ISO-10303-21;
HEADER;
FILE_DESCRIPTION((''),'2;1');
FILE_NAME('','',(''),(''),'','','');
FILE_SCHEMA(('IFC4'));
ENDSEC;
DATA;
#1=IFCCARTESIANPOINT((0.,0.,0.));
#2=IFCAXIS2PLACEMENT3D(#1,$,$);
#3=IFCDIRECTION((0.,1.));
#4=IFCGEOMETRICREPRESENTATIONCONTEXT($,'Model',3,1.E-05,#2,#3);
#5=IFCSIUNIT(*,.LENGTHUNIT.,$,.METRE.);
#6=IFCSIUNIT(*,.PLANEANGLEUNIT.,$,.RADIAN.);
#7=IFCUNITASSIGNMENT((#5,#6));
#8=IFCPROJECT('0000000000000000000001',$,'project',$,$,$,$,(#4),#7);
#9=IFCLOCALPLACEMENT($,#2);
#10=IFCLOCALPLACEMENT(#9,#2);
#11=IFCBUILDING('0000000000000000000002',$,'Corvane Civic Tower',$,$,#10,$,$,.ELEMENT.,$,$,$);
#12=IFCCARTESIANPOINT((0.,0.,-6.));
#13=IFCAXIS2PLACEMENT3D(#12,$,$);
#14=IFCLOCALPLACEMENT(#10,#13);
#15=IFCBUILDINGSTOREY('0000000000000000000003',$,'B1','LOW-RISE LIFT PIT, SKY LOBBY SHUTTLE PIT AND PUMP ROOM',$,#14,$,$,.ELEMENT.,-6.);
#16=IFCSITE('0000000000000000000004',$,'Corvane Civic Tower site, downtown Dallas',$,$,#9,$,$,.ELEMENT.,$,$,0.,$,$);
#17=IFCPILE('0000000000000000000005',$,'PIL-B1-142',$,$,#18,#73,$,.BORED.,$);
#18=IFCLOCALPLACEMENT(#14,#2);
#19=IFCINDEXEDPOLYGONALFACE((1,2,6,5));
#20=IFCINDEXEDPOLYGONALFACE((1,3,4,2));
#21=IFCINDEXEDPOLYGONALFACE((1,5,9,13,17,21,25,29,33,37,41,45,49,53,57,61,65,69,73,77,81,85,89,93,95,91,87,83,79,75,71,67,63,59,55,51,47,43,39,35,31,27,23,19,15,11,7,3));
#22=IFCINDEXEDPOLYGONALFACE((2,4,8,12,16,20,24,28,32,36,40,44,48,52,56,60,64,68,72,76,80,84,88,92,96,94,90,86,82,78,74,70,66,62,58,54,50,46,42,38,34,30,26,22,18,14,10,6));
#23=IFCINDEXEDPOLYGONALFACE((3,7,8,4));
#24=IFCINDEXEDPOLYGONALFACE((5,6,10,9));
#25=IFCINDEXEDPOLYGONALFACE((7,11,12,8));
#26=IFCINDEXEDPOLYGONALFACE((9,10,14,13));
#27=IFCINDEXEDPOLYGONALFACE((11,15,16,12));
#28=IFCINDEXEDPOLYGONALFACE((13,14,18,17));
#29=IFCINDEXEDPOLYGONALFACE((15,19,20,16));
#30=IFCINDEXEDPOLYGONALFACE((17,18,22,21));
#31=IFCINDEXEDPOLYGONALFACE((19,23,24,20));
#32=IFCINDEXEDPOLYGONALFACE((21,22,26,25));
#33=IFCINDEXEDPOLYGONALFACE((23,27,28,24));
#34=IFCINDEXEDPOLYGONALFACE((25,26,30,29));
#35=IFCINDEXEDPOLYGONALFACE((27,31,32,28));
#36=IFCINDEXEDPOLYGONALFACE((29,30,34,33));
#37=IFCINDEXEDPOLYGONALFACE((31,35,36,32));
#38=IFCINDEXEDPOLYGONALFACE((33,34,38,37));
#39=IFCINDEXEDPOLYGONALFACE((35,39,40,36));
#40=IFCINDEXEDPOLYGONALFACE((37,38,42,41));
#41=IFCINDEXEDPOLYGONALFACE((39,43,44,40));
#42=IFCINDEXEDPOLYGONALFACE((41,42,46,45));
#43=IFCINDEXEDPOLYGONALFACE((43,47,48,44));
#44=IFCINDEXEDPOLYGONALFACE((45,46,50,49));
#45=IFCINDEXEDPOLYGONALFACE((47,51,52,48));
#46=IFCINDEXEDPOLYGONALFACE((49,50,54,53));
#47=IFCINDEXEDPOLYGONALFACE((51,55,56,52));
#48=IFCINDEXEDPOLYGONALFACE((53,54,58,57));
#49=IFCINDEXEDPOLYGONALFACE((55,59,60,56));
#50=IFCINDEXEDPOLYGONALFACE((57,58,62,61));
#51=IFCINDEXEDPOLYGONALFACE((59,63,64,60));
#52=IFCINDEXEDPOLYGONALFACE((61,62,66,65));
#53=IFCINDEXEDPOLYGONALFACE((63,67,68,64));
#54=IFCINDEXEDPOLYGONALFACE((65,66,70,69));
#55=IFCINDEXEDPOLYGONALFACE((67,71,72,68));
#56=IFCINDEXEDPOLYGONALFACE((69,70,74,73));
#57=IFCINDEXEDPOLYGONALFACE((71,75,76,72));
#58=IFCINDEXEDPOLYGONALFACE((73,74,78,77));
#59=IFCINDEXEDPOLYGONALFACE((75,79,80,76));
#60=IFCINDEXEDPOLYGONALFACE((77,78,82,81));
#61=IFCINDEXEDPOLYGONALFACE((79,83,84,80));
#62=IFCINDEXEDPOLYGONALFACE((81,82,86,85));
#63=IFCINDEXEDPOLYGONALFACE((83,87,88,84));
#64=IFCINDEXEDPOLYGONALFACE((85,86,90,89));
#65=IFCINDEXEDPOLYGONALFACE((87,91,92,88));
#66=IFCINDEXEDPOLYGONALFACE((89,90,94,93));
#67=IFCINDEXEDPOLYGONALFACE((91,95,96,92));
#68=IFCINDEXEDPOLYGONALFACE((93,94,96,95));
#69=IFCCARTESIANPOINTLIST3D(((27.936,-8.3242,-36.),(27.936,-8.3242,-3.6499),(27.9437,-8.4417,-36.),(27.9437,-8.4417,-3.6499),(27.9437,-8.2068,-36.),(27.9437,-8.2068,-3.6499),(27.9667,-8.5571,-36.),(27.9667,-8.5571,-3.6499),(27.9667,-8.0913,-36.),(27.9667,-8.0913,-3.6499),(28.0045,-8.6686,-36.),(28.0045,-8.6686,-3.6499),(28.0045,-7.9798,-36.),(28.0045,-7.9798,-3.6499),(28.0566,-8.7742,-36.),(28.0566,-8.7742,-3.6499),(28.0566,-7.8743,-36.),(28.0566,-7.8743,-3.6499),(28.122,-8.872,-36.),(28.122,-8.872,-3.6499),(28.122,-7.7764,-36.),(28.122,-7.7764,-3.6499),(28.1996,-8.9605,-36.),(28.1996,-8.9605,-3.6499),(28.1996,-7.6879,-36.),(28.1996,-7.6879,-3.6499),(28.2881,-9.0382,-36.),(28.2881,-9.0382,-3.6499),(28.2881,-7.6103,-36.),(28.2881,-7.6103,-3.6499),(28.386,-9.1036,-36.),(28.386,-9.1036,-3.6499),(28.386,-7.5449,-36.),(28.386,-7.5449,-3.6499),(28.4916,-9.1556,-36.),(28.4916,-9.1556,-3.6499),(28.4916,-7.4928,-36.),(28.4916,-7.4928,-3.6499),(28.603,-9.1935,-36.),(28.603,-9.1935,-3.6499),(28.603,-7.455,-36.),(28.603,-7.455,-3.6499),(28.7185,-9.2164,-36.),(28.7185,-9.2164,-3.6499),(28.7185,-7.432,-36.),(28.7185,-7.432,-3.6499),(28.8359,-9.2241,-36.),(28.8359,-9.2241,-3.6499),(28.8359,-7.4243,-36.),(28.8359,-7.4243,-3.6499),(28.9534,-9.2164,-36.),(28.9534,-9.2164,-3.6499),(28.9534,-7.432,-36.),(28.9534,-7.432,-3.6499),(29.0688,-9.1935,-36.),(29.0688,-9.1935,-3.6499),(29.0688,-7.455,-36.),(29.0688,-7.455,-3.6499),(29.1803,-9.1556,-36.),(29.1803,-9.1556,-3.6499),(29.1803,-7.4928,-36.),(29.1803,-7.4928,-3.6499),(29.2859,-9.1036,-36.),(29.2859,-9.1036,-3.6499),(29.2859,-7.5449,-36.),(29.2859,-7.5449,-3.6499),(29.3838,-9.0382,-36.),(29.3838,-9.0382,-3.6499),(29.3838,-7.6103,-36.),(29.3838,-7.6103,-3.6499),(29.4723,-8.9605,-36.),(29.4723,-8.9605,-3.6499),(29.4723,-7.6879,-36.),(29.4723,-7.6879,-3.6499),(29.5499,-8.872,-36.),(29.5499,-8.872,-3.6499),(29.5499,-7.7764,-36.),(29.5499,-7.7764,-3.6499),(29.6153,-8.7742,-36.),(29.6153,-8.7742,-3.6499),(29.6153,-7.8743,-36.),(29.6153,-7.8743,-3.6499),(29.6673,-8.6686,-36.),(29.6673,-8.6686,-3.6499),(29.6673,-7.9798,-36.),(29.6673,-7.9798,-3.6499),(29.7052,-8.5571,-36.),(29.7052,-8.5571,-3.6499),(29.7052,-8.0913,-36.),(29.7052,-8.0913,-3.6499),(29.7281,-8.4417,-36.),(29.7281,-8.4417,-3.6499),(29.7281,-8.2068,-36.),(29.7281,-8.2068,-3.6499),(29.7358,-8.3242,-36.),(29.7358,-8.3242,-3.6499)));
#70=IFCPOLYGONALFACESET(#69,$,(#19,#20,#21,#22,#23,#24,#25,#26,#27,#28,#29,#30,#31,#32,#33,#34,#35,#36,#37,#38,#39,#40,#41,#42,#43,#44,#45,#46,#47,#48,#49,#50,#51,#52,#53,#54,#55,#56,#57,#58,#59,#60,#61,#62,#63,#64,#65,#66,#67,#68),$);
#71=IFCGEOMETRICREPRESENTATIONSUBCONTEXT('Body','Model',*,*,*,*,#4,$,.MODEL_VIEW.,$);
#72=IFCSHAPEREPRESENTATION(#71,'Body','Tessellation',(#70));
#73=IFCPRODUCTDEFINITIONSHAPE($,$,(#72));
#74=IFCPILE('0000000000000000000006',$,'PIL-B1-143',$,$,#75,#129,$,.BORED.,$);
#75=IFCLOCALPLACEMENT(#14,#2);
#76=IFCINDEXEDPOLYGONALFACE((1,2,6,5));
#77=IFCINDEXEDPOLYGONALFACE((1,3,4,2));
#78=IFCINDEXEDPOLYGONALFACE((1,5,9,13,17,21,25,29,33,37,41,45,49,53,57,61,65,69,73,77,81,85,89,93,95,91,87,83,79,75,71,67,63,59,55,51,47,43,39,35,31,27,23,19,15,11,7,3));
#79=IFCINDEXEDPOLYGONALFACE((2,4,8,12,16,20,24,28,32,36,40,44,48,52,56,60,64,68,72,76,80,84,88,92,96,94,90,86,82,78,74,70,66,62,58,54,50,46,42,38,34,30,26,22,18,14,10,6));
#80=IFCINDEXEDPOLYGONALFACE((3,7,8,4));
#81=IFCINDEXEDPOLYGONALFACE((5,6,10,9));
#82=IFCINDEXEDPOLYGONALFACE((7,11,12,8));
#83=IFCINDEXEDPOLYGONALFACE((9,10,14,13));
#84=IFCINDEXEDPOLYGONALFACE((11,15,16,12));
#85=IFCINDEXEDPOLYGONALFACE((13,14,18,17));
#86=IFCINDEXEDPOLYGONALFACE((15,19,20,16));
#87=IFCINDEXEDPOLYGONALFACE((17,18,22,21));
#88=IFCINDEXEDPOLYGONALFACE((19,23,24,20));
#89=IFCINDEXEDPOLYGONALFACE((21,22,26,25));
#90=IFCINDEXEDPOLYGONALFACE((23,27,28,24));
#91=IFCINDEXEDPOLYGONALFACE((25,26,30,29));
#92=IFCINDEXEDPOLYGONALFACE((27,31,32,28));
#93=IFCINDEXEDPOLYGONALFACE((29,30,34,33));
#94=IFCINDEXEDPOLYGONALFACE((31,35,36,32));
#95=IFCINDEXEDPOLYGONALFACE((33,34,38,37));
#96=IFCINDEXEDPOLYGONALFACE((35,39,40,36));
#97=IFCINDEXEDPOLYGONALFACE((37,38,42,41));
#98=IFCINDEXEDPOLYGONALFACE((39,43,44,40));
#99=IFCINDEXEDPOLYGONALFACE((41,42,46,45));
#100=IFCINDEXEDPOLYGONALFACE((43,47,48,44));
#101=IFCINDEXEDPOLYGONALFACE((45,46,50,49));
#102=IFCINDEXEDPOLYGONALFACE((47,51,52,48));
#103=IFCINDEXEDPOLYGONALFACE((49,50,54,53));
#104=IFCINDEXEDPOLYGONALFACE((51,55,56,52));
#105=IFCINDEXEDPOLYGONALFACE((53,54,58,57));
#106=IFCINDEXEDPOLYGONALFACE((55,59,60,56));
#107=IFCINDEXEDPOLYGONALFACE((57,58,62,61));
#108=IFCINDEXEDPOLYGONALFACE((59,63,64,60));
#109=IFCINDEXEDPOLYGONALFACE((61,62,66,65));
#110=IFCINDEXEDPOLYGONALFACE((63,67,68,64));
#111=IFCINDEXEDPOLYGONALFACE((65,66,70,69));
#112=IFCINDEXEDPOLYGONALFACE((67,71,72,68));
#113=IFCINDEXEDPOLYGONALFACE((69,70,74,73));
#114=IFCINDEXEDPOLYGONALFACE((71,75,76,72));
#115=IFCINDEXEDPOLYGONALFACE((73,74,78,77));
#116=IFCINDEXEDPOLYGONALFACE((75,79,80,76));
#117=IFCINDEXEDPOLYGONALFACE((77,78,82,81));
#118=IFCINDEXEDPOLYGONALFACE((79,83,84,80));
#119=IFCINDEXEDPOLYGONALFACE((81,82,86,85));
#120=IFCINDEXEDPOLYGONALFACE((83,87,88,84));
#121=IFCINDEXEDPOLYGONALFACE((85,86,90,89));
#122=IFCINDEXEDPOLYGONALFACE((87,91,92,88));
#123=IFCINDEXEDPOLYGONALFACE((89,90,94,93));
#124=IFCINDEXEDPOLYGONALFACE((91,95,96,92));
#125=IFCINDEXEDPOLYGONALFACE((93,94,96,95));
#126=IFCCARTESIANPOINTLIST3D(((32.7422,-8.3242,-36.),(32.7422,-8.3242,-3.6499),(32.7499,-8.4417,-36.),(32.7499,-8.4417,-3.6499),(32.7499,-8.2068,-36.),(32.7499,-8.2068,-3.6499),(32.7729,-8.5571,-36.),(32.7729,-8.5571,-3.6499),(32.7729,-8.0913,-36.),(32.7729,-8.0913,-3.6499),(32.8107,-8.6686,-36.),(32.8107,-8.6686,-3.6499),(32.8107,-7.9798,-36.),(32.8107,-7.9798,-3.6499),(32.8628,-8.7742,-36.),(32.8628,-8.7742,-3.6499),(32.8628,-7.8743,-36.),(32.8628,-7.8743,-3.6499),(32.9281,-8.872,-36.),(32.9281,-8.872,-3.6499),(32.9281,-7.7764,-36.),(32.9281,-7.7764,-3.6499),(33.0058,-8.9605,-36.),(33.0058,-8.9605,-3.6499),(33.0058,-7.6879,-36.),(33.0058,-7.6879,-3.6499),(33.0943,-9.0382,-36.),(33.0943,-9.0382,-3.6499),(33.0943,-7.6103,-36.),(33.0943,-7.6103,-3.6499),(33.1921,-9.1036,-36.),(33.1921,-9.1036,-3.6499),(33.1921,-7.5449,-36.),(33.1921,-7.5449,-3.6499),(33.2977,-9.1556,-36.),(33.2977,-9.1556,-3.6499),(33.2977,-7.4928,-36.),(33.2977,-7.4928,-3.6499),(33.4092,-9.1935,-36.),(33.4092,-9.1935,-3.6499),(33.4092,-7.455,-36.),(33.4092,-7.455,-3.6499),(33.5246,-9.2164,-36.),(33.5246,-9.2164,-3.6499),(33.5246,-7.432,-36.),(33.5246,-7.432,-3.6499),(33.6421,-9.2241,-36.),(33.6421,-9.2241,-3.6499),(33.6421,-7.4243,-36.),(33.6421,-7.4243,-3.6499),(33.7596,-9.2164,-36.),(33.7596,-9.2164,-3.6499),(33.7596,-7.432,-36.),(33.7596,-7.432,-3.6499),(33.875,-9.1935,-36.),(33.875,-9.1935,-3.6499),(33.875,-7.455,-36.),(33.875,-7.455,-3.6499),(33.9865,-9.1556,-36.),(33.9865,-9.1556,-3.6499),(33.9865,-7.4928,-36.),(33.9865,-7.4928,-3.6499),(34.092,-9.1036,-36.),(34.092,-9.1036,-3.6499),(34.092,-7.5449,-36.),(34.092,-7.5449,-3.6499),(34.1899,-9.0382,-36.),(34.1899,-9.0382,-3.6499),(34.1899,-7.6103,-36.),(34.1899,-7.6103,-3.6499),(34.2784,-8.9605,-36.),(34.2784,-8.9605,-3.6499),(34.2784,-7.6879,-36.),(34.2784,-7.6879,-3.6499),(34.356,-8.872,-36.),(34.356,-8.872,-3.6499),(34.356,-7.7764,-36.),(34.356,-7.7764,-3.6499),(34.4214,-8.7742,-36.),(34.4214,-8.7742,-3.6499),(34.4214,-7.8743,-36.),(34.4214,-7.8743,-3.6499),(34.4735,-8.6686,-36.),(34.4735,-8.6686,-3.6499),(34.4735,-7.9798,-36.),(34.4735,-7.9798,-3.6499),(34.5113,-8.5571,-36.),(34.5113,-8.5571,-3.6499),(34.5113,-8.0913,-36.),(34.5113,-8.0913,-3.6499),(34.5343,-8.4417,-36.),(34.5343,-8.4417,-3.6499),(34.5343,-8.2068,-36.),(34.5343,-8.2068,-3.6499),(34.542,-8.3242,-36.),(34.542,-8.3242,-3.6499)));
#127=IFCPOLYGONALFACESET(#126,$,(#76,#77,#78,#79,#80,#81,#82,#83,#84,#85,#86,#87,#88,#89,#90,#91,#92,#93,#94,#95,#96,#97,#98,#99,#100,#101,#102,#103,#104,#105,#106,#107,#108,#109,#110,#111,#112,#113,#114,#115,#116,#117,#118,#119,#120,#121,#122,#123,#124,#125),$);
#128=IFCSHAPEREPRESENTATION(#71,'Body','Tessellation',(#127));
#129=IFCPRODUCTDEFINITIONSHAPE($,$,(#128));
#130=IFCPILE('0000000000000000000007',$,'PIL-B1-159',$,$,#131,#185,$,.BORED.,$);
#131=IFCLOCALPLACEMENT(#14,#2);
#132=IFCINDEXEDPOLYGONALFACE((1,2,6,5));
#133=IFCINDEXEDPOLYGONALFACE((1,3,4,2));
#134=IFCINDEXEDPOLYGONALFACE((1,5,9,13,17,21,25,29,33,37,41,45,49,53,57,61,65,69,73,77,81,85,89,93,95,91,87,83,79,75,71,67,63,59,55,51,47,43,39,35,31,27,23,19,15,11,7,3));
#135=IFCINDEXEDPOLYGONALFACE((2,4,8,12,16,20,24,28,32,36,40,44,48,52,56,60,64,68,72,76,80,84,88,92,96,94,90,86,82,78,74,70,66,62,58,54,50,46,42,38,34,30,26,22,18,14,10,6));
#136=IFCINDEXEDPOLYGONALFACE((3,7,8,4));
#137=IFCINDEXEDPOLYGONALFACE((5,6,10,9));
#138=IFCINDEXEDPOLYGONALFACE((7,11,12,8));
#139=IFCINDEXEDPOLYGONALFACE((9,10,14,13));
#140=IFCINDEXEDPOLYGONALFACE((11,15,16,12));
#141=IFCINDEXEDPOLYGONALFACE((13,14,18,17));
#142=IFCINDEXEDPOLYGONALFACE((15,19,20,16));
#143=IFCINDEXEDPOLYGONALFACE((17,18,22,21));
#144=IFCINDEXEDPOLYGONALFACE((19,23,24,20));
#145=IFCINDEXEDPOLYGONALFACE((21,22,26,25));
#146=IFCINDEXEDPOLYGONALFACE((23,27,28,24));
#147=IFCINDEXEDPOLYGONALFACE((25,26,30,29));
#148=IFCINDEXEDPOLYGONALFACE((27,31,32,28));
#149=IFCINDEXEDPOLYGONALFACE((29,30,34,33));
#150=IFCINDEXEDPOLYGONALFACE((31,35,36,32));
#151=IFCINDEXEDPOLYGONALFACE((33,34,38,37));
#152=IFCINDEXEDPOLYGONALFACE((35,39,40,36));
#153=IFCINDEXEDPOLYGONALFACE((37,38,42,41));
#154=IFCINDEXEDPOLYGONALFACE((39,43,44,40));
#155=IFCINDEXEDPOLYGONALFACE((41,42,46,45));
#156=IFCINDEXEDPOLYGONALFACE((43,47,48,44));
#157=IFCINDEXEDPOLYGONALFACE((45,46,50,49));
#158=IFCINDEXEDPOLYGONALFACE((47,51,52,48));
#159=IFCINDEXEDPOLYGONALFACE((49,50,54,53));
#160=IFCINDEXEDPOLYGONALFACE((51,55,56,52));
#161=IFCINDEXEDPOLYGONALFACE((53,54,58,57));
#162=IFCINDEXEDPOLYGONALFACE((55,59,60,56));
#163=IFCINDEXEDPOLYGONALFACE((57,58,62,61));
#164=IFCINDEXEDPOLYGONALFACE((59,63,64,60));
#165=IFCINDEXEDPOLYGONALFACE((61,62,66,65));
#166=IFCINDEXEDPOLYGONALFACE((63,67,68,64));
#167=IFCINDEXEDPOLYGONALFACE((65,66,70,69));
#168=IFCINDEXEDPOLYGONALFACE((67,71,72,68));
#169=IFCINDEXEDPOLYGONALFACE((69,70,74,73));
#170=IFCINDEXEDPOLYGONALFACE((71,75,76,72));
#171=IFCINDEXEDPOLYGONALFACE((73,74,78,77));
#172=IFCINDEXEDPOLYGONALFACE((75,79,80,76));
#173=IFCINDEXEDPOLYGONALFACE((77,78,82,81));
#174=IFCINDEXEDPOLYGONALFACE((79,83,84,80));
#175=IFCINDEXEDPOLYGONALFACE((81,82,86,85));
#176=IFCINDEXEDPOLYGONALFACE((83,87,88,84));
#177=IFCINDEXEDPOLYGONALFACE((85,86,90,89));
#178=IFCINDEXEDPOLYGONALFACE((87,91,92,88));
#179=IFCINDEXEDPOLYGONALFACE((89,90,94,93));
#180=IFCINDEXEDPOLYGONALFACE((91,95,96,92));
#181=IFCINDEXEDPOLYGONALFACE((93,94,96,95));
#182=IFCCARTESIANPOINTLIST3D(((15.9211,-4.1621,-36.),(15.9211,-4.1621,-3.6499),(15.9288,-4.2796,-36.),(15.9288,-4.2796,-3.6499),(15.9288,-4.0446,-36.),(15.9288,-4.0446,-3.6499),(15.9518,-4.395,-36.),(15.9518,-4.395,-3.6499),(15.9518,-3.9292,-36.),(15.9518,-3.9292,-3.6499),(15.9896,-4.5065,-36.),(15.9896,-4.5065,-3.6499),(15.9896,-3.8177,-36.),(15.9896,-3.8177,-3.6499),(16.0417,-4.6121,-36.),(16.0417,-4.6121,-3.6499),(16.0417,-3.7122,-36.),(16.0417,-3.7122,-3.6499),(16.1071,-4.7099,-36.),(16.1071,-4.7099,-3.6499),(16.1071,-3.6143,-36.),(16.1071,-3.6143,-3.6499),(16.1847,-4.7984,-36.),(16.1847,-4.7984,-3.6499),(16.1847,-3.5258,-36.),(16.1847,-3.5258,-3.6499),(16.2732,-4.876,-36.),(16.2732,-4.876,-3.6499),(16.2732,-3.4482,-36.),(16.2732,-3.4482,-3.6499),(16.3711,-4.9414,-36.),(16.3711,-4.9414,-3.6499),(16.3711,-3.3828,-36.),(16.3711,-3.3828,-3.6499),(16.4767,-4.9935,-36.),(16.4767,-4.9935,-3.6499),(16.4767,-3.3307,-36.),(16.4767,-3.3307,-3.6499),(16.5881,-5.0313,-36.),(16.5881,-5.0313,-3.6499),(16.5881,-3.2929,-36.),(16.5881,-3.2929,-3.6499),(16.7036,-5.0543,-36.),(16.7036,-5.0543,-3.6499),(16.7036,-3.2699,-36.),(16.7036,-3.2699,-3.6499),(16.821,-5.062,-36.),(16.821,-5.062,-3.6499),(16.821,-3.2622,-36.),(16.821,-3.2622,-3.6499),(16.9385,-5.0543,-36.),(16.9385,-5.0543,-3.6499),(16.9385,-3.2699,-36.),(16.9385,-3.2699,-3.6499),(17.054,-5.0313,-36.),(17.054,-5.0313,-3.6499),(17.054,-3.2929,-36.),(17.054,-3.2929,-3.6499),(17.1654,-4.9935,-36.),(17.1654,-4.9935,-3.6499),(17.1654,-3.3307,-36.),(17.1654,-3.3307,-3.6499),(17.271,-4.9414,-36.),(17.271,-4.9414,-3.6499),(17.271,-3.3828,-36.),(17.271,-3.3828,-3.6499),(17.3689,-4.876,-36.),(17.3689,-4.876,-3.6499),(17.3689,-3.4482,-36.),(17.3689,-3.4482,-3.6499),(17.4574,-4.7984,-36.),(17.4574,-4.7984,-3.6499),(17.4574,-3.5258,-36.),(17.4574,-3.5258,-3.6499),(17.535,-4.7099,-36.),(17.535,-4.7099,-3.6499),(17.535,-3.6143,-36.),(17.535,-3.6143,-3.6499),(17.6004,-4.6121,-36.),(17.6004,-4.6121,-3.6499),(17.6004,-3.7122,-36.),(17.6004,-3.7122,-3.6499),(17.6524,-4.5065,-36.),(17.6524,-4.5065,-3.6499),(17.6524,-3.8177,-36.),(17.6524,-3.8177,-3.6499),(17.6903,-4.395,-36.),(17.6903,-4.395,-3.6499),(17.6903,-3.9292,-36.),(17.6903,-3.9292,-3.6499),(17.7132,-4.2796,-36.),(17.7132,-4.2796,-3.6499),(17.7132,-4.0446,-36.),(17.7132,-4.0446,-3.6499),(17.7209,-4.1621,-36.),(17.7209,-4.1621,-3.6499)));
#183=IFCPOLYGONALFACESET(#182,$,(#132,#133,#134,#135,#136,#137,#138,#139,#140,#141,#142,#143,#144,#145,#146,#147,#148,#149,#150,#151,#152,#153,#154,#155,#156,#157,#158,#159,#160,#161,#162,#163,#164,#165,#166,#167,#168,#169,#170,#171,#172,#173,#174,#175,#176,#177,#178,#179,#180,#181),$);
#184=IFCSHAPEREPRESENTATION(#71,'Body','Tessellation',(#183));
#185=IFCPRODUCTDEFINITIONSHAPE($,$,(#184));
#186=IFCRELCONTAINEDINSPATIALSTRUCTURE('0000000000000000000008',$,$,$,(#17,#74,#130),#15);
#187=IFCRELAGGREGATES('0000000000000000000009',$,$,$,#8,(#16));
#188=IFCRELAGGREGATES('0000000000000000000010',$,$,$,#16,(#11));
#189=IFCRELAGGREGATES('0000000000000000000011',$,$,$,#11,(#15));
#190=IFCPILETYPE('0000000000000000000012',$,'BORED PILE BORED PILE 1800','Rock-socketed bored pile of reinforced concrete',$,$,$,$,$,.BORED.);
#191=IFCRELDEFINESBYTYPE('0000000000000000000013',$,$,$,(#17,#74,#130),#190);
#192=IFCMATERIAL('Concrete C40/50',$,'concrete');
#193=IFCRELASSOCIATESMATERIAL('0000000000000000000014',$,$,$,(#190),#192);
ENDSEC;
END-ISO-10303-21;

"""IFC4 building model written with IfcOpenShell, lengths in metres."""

from ifc_helpers import new_model, si_unit, direction, frame, origin, origin_2d, place, context, subcontext, project, spatial, circle, extrude, material, material_profile, profile_set, type_object, element, save


model = new_model("IFC4")

# Units and contexts
model_context = context("Model", 3, precision=1e-05, world=origin(), true_north=direction((0.0, 1.0)))
body_context = subcontext(model_context, "Body", "Model", "MODEL_VIEW")
ifc_project = project(units=[si_unit("LENGTHUNIT", "METRE"), si_unit("PLANEANGLEUNIT", "RADIAN")], contexts=[model_context])

# Site, building, storey
site_placement = place(None, origin())
site = spatial("IfcSite", under=ifc_project, at=site_placement, Name="Corvane Civic Tower site, downtown Dallas", CompositionType="ELEMENT", RefElevation=0.0)
building_placement = place(site_placement, origin())
building = spatial("IfcBuilding", under=site, at=building_placement, Name="Corvane Civic Tower", CompositionType="ELEMENT")
storey_placement = place(building_placement, frame((0.0, 0.0, -6.0)))
storey = spatial("IfcBuildingStorey", under=building, at=storey_placement, Name="B1", Description="LOW-RISE LIFT PIT, SKY LOBBY SHUTTLE PIT AND PUMP ROOM", CompositionType="ELEMENT", Elevation=-6.0)

# Piles
ifc_material_1 = material(Name="Concrete C40/50", Category="concrete")
ifc_material_profile = material_profile(ifc_material_1, circle(Radius=0.8999, at=origin_2d()), Name="BORED PILE 1800")
ifc_profile_set = profile_set([ifc_material_profile], Name="Concrete C40/50")
pile_type = type_object("IfcPileType", Name="BORED PILE BORED PILE 1800", Description="Rock-socketed bored pile of reinforced concrete", PredefinedType="BORED", material=ifc_profile_set)
for number, where, z_axis, x_axis, name in (
    (1, (28.8359, -8.3242, -3.6499), (0.0, 0.0, -1.0), (1.0, 0.0, 0.0), "PIL-B1-142"),
    (2, (33.6421, -8.3242, -3.6499), (0.0, 0.0, -1.0), (1.0, 0.0, 0.0), "PIL-B1-143"),
    (3, (16.821, -4.1621, -3.6499), (0.0, 0.0, -1.0), (1.0, 0.0, 0.0), "PIL-B1-159"),
):
    element("IfcPile", number, at=place(storey_placement, frame(where, z_axis=z_axis, x_axis=x_axis)), inside=storey, type_object=pile_type, Name=name, PredefinedType="BORED", context=body_context, shape_type="SweptSolid", body=[
        extrude(circle(Radius=0.8999, at=origin_2d()), origin(), (0.0, 0.0, 1.0), 32.3501),
    ])

save(model, "model.ifc")
